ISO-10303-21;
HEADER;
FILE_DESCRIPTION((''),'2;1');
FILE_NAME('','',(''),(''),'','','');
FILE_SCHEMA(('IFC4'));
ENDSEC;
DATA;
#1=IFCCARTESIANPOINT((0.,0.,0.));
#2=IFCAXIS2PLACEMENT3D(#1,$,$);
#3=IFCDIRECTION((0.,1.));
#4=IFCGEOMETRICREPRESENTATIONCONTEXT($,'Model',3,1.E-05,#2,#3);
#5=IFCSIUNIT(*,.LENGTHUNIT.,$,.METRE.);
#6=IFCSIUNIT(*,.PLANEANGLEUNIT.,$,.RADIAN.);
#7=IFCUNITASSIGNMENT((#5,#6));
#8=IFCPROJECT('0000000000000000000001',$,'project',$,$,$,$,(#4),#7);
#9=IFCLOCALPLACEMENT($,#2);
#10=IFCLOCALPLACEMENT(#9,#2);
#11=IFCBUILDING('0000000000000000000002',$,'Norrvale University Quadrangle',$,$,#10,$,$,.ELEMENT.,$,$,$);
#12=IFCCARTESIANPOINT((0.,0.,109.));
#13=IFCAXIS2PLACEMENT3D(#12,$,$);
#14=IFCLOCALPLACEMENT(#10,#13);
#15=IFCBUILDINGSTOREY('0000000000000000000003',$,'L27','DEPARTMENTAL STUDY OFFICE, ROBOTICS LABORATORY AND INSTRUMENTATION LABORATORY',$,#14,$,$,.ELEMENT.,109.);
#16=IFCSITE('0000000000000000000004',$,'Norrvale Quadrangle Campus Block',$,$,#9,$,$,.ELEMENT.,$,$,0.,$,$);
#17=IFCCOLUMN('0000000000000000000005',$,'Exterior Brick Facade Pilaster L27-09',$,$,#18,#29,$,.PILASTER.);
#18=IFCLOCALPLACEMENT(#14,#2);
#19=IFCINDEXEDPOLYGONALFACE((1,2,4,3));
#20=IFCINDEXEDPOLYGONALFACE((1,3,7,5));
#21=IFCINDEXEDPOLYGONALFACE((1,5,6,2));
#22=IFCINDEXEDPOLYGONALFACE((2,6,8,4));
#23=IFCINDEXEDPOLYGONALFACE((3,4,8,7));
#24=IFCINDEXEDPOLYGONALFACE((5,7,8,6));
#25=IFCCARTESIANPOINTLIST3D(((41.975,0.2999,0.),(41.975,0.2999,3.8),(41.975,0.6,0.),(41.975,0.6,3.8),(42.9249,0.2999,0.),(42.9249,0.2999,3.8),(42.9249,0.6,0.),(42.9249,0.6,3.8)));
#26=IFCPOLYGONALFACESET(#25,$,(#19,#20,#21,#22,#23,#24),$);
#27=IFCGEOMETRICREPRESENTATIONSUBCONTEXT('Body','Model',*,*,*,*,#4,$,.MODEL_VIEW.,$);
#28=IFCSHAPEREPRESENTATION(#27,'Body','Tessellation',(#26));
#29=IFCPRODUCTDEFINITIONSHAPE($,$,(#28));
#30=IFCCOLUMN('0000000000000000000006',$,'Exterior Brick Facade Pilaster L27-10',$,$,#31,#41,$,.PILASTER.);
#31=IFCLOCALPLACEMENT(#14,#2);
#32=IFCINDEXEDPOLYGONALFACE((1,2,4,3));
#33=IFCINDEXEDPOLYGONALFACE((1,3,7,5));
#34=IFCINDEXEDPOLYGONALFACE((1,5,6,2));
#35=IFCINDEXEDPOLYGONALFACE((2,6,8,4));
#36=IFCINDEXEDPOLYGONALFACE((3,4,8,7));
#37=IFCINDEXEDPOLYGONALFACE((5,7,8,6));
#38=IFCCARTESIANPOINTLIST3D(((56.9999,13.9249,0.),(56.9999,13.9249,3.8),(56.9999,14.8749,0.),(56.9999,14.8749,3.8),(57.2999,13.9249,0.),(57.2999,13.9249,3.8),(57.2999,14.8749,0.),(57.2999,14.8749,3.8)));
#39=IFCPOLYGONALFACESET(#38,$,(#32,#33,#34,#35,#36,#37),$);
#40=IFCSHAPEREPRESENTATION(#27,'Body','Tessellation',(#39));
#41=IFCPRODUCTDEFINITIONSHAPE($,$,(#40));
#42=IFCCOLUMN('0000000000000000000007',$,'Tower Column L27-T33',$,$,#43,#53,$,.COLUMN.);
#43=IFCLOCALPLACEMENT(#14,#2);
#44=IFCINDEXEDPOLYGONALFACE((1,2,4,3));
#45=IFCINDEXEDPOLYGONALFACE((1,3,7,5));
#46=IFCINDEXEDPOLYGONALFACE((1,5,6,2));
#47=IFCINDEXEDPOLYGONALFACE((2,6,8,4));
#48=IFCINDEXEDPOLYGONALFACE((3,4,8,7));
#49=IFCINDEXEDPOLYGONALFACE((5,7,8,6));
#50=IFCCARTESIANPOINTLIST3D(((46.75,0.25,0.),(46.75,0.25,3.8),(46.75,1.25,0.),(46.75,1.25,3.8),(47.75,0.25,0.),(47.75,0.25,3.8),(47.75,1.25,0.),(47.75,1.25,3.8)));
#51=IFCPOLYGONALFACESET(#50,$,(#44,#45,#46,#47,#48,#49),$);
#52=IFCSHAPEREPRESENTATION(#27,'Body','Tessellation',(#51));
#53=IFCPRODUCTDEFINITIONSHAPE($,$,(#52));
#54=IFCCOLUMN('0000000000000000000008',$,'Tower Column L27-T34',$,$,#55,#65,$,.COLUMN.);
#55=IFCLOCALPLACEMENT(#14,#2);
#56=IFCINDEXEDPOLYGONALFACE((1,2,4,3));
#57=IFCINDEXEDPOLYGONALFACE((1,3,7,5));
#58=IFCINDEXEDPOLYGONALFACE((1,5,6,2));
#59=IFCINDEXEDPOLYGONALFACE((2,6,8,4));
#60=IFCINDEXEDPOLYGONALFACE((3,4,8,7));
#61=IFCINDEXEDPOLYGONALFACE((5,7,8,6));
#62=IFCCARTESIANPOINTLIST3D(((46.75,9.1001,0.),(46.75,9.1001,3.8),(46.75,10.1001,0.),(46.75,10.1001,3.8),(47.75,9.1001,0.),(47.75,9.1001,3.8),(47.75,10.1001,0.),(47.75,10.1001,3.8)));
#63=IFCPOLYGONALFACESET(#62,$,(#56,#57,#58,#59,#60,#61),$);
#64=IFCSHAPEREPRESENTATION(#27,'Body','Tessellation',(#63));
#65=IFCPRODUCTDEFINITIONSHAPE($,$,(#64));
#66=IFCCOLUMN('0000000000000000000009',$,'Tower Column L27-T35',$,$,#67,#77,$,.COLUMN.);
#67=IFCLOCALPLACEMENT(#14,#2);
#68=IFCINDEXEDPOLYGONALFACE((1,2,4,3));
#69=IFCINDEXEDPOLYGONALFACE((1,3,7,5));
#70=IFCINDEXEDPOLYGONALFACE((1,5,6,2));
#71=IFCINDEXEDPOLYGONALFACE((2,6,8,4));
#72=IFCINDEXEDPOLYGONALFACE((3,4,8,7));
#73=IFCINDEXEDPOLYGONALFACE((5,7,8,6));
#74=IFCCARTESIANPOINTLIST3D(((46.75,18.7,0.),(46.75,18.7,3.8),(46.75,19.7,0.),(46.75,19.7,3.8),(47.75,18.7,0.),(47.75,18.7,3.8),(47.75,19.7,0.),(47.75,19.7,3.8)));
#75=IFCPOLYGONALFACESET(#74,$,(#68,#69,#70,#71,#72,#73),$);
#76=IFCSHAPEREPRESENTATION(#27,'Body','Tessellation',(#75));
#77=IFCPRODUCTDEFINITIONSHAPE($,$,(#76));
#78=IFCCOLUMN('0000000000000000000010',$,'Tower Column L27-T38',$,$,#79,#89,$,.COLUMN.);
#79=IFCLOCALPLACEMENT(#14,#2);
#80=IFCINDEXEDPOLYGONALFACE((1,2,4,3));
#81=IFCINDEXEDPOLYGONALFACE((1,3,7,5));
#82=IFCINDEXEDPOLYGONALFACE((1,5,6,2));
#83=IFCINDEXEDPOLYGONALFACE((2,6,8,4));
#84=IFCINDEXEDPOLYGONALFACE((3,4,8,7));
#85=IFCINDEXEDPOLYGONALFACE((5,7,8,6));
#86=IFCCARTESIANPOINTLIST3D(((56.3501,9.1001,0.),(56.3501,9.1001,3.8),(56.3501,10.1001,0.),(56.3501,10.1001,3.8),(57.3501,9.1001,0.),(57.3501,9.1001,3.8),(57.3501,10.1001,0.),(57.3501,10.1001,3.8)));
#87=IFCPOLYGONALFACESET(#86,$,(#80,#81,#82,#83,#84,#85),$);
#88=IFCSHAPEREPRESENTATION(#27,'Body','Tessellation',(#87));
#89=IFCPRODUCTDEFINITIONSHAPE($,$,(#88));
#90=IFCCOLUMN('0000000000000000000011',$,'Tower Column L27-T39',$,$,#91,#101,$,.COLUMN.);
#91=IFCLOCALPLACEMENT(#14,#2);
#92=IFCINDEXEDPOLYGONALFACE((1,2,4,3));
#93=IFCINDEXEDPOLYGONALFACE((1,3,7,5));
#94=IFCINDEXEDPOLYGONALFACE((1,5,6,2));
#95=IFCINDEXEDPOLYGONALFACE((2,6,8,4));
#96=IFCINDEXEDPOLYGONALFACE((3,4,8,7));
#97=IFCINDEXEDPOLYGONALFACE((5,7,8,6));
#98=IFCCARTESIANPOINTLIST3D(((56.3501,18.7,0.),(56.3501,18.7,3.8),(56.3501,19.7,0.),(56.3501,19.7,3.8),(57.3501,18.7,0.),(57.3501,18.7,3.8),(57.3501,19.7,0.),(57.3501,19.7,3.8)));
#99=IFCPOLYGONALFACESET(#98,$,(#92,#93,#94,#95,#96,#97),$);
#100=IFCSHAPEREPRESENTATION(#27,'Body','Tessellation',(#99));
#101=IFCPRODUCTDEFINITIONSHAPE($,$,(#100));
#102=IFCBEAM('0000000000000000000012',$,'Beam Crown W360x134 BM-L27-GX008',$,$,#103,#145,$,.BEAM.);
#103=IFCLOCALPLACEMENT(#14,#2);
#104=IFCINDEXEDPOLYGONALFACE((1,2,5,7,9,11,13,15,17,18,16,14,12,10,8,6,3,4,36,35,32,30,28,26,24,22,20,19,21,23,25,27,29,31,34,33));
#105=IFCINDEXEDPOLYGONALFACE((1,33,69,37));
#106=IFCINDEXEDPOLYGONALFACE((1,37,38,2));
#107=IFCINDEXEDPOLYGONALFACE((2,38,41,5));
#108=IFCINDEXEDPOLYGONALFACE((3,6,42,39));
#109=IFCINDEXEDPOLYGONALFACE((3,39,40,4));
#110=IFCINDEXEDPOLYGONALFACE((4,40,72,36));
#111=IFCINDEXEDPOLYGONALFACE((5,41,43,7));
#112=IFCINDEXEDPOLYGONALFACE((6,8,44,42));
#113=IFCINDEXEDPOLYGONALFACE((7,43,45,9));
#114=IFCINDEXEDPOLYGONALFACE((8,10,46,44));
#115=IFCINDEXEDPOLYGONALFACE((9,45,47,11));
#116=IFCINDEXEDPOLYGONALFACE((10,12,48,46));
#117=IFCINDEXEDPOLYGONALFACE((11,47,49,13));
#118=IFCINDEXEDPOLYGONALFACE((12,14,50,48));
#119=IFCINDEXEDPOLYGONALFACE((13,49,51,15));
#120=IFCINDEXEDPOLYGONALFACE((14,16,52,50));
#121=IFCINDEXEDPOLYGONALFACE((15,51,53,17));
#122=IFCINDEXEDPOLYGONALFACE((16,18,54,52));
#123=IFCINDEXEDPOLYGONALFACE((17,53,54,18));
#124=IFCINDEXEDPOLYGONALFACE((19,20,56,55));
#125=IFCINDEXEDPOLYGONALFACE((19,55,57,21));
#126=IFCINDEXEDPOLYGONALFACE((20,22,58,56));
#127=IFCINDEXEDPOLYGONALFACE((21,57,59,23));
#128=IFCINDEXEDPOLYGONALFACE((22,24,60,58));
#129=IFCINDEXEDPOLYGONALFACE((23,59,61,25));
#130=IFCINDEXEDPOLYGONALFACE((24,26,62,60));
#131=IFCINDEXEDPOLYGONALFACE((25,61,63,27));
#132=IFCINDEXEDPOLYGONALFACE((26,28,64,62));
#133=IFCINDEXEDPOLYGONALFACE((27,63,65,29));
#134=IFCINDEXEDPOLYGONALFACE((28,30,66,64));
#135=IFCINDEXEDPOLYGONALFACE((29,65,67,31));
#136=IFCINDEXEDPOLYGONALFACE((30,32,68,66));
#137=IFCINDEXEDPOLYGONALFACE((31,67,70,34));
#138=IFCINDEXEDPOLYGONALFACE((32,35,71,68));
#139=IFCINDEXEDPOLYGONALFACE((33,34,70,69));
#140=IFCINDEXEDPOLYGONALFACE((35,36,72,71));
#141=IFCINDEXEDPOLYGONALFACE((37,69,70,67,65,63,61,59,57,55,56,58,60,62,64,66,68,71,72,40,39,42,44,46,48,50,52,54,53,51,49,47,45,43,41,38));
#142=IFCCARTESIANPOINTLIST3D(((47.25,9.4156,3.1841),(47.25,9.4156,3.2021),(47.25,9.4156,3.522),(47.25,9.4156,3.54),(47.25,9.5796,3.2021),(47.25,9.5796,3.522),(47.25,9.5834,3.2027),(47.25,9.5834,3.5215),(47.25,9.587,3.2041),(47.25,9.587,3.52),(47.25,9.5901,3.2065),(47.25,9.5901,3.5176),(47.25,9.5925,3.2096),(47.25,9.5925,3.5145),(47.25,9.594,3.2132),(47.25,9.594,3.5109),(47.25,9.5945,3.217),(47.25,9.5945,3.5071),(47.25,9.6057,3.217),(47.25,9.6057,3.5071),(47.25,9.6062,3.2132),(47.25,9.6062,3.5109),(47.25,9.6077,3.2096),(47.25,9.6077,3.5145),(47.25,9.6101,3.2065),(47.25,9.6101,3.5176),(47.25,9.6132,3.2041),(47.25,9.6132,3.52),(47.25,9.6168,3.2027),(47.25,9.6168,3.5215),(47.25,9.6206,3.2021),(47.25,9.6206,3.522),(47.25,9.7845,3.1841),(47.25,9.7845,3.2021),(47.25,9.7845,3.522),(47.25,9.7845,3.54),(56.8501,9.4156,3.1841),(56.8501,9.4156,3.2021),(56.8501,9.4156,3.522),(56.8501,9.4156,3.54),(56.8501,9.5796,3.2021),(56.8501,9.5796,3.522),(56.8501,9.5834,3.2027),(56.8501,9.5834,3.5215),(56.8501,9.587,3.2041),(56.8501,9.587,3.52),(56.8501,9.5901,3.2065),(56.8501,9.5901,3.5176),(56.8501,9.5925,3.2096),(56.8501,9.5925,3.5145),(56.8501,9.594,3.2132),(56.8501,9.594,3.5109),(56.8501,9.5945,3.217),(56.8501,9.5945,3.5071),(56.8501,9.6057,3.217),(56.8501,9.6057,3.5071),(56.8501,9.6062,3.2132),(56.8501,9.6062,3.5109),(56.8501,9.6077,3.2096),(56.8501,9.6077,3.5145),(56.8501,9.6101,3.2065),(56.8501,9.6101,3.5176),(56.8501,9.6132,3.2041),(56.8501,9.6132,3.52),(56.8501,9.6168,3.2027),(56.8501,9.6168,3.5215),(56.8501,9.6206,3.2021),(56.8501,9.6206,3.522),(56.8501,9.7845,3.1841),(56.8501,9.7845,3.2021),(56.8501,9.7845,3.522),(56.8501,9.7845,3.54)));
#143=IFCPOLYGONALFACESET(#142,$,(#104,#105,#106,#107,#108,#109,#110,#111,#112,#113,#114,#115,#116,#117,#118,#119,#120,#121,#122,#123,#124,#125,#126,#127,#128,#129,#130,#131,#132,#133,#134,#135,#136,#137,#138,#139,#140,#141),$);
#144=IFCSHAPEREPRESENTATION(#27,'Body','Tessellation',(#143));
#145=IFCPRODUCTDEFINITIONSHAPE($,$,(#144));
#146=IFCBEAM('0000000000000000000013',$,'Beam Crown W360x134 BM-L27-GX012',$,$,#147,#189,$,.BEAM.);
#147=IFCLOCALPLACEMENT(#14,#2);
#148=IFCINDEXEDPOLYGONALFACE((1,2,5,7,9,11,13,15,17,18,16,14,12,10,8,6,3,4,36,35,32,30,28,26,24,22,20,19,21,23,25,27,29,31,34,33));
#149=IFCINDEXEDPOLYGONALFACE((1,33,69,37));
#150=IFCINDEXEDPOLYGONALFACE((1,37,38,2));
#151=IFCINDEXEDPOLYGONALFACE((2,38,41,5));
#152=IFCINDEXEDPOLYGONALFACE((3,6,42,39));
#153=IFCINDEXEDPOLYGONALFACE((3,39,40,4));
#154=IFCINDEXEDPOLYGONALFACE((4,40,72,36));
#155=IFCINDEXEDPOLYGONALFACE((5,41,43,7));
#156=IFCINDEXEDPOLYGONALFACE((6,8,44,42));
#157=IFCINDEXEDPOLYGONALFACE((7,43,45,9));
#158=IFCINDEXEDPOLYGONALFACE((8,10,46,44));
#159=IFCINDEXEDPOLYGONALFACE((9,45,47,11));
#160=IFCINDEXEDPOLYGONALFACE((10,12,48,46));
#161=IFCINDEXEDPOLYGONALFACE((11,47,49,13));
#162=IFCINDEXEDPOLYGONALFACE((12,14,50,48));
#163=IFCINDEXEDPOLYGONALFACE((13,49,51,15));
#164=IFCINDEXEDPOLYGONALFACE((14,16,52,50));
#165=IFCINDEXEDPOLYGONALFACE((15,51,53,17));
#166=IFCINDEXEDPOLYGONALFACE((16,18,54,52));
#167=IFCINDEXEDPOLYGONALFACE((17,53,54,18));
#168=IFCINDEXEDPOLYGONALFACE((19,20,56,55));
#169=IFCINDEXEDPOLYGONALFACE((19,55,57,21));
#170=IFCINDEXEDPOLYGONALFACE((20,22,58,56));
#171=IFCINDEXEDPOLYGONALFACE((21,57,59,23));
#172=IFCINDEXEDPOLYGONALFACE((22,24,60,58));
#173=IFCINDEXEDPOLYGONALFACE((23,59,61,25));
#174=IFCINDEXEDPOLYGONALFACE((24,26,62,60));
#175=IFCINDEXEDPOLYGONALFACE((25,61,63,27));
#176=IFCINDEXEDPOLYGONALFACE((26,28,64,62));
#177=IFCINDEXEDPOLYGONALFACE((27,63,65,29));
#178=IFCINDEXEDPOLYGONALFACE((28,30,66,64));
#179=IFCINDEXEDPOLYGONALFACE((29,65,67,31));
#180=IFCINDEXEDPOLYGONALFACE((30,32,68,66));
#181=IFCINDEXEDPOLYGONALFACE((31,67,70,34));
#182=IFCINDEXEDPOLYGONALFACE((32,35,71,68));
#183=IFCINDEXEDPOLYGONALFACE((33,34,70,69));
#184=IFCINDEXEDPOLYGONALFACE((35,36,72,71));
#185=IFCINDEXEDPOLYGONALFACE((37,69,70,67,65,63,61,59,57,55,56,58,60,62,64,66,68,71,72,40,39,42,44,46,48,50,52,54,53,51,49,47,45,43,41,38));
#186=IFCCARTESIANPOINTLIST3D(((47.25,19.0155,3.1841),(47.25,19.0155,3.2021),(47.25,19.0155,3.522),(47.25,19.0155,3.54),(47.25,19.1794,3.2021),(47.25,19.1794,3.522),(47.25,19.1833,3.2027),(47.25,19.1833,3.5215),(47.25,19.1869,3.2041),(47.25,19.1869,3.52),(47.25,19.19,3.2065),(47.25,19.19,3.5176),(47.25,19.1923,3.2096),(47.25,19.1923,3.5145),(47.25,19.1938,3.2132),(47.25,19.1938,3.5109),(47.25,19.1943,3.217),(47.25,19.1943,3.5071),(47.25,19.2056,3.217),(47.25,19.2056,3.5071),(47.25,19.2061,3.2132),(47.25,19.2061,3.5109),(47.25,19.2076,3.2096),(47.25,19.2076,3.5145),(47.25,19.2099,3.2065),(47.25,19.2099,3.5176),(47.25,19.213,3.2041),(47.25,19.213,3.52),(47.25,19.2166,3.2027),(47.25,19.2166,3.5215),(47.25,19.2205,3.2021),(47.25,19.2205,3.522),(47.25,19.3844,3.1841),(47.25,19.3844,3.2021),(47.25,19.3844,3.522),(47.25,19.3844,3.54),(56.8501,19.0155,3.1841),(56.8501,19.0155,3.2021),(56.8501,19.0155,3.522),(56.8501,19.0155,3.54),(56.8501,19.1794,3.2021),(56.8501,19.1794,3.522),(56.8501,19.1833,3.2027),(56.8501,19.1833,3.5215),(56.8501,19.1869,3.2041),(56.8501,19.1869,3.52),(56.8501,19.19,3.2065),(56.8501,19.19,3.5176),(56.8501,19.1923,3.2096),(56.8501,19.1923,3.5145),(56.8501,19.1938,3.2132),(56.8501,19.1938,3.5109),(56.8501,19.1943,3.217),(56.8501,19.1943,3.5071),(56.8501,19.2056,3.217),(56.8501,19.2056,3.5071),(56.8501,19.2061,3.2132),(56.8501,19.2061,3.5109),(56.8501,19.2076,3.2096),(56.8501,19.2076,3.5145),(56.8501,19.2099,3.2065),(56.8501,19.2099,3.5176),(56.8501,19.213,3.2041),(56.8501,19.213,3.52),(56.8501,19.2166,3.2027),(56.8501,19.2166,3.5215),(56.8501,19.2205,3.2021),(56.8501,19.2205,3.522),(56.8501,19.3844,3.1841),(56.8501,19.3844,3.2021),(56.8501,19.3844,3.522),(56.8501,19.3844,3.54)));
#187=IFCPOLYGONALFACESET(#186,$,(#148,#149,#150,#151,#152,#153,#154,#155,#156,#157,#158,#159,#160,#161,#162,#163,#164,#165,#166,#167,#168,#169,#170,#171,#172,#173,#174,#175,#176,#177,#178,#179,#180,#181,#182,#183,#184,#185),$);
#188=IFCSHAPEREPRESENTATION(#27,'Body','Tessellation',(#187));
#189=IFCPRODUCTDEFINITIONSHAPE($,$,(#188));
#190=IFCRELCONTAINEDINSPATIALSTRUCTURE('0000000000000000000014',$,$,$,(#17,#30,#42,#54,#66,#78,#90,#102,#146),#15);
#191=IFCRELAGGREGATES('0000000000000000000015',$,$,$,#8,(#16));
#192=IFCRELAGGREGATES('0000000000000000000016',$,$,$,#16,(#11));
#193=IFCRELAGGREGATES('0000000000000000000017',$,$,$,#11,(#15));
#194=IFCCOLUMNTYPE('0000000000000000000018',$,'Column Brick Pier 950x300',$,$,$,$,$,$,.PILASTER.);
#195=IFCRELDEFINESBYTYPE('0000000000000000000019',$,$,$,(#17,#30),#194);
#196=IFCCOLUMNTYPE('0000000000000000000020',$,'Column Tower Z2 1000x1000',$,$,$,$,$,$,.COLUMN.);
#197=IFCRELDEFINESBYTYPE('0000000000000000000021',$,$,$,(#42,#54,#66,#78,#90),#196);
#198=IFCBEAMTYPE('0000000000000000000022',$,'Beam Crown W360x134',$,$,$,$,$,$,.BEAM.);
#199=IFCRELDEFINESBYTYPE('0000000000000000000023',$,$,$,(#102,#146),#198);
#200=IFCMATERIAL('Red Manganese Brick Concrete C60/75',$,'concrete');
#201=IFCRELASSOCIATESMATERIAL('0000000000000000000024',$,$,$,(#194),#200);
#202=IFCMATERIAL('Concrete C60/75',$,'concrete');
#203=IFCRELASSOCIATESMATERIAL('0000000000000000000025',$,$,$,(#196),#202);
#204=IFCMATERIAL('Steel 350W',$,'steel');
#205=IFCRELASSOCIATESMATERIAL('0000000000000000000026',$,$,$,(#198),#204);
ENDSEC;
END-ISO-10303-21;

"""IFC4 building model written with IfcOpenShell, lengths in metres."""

from ifc_helpers import new_model, si_unit, direction, frame, origin, origin_2d, place, context, subcontext, project, spatial, rectangle, i_section, extrude, material, material_profile, profile_set, type_object, element, save


model = new_model("IFC4")

# Units and contexts
model_context = context("Model", 3, precision=1e-05, world=origin(), true_north=direction((0.0, 1.0)))
body_context = subcontext(model_context, "Body", "Model", "MODEL_VIEW")
ifc_project = project(units=[si_unit("LENGTHUNIT", "METRE"), si_unit("PLANEANGLEUNIT", "RADIAN")], contexts=[model_context])

# Site, building, storey
site_placement = place(None, origin())
site = spatial("IfcSite", under=ifc_project, at=site_placement, Name="Norrvale Quadrangle Campus Block", CompositionType="ELEMENT", RefElevation=0.0)
building_placement = place(site_placement, origin())
building = spatial("IfcBuilding", under=site, at=building_placement, Name="Norrvale University Quadrangle", CompositionType="ELEMENT")
storey_placement = place(building_placement, frame((0.0, 0.0, 109.0)))
storey = spatial("IfcBuildingStorey", under=building, at=storey_placement, Name="L27", Description="DEPARTMENTAL STUDY OFFICE, ROBOTICS LABORATORY AND INSTRUMENTATION LABORATORY", CompositionType="ELEMENT", Elevation=109.0)

# Columns
ifc_material_1 = material(Name="Red Manganese Brick Concrete C60/75", Category="concrete")
ifc_material_profile_1 = material_profile(ifc_material_1, rectangle(XDim=0.95, YDim=0.3, at=origin_2d()), Name="Red Manganese Brick Concrete C60/75")
ifc_profile_set_1 = profile_set([ifc_material_profile_1], Name="Red Manganese Brick Concrete C60/75")
column_type_1 = type_object("IfcColumnType", Name="Column Brick Pier 950x300", PredefinedType="PILASTER", material=ifc_profile_set_1)
for number, where, z_axis, x_axis, name in (
    (1, (42.45, 0.45, 0.0), (0.0, 0.0, 1.0), (1.0, 0.0, 0.0), "Exterior Brick Facade Pilaster L27-09"),
    (2, (57.1499, 14.3999, 0.0), (0.0, 0.0, 1.0), (0.0, 1.0, 0.0), "Exterior Brick Facade Pilaster L27-10"),
):
    element("IfcColumn", number, at=place(storey_placement, frame(where, z_axis=z_axis, x_axis=x_axis)), inside=storey, type_object=column_type_1, Name=name, PredefinedType="PILASTER", context=body_context, shape_type="SweptSolid", body=[
        extrude(rectangle(XDim=0.95, YDim=0.3, at=origin_2d()), origin(), (0.0, 0.0, 1.0), 3.8),
    ])
ifc_material_2 = material(Name="Concrete C60/75", Category="concrete")
ifc_material_profile_2 = material_profile(ifc_material_2, rectangle(XDim=1.0, YDim=1.0, at=origin_2d()), Name="Concrete C60/75")
ifc_profile_set_2 = profile_set([ifc_material_profile_2], Name="Concrete C60/75")
column_type_2 = type_object("IfcColumnType", Name="Column Tower Z2 1000x1000", PredefinedType="COLUMN", material=ifc_profile_set_2)
for number, where, z_axis, x_axis, name in (
    (3, (47.25, 0.75, 0.0), (0.0, 0.0, 1.0), (1.0, 0.0, 0.0), "Tower Column L27-T33"),
    (4, (47.25, 9.6001, 0.0), (0.0, 0.0, 1.0), (1.0, 0.0, 0.0), "Tower Column L27-T34"),
    (5, (47.25, 19.2, 0.0), (0.0, 0.0, 1.0), (1.0, 0.0, 0.0), "Tower Column L27-T35"),
    (6, (56.8501, 9.6001, 0.0), (0.0, 0.0, 1.0), (1.0, 0.0, 0.0), "Tower Column L27-T38"),
    (7, (56.8501, 19.2, 0.0), (0.0, 0.0, 1.0), (1.0, 0.0, 0.0), "Tower Column L27-T39"),
):
    element("IfcColumn", number, at=place(storey_placement, frame(where, z_axis=z_axis, x_axis=x_axis)), inside=storey, type_object=column_type_2, Name=name, PredefinedType="COLUMN", context=body_context, shape_type="SweptSolid", body=[
        extrude(rectangle(XDim=1.0, YDim=1.0, at=origin_2d()), origin(), (0.0, 0.0, 1.0), 3.8),
    ])

# Beams
ifc_material_3 = material(Name="Steel 350W", Category="steel")
ifc_material_profile_3 = material_profile(ifc_material_3, i_section(OverallWidth=0.3689, OverallDepth=0.356, WebThickness=0.0112, FlangeThickness=0.0181, FilletRadius=0.0149, at=origin_2d()), Name="Steel 350W")
ifc_profile_set_3 = profile_set([ifc_material_profile_3], Name="Steel 350W")
beam_type_1 = type_object("IfcBeamType", Name="Beam Crown W360x134", PredefinedType="BEAM", material=ifc_profile_set_3)
for number, where, z_axis, x_axis, name in (
    (8, (47.25, 9.6001, 3.3621), (1.0, 0.0, 0.0), (0.0, 1.0, 0.0), "Beam Crown W360x134 BM-L27-GX008"),
    (9, (47.25, 19.2, 3.3621), (1.0, 0.0, 0.0), (0.0, 1.0, 0.0), "Beam Crown W360x134 BM-L27-GX012"),
):
    element("IfcBeam", number, at=place(storey_placement, frame(where, z_axis=z_axis, x_axis=x_axis)), inside=storey, type_object=beam_type_1, Name=name, PredefinedType="BEAM", context=body_context, shape_type="SweptSolid", body=[
        extrude(i_section(OverallWidth=0.3689, OverallDepth=0.356, WebThickness=0.0112, FlangeThickness=0.0181, FilletRadius=0.0149, at=origin_2d()), origin(), (0.0, 0.0, 1.0), 9.6001),
    ])

save(model, "model.ifc")
